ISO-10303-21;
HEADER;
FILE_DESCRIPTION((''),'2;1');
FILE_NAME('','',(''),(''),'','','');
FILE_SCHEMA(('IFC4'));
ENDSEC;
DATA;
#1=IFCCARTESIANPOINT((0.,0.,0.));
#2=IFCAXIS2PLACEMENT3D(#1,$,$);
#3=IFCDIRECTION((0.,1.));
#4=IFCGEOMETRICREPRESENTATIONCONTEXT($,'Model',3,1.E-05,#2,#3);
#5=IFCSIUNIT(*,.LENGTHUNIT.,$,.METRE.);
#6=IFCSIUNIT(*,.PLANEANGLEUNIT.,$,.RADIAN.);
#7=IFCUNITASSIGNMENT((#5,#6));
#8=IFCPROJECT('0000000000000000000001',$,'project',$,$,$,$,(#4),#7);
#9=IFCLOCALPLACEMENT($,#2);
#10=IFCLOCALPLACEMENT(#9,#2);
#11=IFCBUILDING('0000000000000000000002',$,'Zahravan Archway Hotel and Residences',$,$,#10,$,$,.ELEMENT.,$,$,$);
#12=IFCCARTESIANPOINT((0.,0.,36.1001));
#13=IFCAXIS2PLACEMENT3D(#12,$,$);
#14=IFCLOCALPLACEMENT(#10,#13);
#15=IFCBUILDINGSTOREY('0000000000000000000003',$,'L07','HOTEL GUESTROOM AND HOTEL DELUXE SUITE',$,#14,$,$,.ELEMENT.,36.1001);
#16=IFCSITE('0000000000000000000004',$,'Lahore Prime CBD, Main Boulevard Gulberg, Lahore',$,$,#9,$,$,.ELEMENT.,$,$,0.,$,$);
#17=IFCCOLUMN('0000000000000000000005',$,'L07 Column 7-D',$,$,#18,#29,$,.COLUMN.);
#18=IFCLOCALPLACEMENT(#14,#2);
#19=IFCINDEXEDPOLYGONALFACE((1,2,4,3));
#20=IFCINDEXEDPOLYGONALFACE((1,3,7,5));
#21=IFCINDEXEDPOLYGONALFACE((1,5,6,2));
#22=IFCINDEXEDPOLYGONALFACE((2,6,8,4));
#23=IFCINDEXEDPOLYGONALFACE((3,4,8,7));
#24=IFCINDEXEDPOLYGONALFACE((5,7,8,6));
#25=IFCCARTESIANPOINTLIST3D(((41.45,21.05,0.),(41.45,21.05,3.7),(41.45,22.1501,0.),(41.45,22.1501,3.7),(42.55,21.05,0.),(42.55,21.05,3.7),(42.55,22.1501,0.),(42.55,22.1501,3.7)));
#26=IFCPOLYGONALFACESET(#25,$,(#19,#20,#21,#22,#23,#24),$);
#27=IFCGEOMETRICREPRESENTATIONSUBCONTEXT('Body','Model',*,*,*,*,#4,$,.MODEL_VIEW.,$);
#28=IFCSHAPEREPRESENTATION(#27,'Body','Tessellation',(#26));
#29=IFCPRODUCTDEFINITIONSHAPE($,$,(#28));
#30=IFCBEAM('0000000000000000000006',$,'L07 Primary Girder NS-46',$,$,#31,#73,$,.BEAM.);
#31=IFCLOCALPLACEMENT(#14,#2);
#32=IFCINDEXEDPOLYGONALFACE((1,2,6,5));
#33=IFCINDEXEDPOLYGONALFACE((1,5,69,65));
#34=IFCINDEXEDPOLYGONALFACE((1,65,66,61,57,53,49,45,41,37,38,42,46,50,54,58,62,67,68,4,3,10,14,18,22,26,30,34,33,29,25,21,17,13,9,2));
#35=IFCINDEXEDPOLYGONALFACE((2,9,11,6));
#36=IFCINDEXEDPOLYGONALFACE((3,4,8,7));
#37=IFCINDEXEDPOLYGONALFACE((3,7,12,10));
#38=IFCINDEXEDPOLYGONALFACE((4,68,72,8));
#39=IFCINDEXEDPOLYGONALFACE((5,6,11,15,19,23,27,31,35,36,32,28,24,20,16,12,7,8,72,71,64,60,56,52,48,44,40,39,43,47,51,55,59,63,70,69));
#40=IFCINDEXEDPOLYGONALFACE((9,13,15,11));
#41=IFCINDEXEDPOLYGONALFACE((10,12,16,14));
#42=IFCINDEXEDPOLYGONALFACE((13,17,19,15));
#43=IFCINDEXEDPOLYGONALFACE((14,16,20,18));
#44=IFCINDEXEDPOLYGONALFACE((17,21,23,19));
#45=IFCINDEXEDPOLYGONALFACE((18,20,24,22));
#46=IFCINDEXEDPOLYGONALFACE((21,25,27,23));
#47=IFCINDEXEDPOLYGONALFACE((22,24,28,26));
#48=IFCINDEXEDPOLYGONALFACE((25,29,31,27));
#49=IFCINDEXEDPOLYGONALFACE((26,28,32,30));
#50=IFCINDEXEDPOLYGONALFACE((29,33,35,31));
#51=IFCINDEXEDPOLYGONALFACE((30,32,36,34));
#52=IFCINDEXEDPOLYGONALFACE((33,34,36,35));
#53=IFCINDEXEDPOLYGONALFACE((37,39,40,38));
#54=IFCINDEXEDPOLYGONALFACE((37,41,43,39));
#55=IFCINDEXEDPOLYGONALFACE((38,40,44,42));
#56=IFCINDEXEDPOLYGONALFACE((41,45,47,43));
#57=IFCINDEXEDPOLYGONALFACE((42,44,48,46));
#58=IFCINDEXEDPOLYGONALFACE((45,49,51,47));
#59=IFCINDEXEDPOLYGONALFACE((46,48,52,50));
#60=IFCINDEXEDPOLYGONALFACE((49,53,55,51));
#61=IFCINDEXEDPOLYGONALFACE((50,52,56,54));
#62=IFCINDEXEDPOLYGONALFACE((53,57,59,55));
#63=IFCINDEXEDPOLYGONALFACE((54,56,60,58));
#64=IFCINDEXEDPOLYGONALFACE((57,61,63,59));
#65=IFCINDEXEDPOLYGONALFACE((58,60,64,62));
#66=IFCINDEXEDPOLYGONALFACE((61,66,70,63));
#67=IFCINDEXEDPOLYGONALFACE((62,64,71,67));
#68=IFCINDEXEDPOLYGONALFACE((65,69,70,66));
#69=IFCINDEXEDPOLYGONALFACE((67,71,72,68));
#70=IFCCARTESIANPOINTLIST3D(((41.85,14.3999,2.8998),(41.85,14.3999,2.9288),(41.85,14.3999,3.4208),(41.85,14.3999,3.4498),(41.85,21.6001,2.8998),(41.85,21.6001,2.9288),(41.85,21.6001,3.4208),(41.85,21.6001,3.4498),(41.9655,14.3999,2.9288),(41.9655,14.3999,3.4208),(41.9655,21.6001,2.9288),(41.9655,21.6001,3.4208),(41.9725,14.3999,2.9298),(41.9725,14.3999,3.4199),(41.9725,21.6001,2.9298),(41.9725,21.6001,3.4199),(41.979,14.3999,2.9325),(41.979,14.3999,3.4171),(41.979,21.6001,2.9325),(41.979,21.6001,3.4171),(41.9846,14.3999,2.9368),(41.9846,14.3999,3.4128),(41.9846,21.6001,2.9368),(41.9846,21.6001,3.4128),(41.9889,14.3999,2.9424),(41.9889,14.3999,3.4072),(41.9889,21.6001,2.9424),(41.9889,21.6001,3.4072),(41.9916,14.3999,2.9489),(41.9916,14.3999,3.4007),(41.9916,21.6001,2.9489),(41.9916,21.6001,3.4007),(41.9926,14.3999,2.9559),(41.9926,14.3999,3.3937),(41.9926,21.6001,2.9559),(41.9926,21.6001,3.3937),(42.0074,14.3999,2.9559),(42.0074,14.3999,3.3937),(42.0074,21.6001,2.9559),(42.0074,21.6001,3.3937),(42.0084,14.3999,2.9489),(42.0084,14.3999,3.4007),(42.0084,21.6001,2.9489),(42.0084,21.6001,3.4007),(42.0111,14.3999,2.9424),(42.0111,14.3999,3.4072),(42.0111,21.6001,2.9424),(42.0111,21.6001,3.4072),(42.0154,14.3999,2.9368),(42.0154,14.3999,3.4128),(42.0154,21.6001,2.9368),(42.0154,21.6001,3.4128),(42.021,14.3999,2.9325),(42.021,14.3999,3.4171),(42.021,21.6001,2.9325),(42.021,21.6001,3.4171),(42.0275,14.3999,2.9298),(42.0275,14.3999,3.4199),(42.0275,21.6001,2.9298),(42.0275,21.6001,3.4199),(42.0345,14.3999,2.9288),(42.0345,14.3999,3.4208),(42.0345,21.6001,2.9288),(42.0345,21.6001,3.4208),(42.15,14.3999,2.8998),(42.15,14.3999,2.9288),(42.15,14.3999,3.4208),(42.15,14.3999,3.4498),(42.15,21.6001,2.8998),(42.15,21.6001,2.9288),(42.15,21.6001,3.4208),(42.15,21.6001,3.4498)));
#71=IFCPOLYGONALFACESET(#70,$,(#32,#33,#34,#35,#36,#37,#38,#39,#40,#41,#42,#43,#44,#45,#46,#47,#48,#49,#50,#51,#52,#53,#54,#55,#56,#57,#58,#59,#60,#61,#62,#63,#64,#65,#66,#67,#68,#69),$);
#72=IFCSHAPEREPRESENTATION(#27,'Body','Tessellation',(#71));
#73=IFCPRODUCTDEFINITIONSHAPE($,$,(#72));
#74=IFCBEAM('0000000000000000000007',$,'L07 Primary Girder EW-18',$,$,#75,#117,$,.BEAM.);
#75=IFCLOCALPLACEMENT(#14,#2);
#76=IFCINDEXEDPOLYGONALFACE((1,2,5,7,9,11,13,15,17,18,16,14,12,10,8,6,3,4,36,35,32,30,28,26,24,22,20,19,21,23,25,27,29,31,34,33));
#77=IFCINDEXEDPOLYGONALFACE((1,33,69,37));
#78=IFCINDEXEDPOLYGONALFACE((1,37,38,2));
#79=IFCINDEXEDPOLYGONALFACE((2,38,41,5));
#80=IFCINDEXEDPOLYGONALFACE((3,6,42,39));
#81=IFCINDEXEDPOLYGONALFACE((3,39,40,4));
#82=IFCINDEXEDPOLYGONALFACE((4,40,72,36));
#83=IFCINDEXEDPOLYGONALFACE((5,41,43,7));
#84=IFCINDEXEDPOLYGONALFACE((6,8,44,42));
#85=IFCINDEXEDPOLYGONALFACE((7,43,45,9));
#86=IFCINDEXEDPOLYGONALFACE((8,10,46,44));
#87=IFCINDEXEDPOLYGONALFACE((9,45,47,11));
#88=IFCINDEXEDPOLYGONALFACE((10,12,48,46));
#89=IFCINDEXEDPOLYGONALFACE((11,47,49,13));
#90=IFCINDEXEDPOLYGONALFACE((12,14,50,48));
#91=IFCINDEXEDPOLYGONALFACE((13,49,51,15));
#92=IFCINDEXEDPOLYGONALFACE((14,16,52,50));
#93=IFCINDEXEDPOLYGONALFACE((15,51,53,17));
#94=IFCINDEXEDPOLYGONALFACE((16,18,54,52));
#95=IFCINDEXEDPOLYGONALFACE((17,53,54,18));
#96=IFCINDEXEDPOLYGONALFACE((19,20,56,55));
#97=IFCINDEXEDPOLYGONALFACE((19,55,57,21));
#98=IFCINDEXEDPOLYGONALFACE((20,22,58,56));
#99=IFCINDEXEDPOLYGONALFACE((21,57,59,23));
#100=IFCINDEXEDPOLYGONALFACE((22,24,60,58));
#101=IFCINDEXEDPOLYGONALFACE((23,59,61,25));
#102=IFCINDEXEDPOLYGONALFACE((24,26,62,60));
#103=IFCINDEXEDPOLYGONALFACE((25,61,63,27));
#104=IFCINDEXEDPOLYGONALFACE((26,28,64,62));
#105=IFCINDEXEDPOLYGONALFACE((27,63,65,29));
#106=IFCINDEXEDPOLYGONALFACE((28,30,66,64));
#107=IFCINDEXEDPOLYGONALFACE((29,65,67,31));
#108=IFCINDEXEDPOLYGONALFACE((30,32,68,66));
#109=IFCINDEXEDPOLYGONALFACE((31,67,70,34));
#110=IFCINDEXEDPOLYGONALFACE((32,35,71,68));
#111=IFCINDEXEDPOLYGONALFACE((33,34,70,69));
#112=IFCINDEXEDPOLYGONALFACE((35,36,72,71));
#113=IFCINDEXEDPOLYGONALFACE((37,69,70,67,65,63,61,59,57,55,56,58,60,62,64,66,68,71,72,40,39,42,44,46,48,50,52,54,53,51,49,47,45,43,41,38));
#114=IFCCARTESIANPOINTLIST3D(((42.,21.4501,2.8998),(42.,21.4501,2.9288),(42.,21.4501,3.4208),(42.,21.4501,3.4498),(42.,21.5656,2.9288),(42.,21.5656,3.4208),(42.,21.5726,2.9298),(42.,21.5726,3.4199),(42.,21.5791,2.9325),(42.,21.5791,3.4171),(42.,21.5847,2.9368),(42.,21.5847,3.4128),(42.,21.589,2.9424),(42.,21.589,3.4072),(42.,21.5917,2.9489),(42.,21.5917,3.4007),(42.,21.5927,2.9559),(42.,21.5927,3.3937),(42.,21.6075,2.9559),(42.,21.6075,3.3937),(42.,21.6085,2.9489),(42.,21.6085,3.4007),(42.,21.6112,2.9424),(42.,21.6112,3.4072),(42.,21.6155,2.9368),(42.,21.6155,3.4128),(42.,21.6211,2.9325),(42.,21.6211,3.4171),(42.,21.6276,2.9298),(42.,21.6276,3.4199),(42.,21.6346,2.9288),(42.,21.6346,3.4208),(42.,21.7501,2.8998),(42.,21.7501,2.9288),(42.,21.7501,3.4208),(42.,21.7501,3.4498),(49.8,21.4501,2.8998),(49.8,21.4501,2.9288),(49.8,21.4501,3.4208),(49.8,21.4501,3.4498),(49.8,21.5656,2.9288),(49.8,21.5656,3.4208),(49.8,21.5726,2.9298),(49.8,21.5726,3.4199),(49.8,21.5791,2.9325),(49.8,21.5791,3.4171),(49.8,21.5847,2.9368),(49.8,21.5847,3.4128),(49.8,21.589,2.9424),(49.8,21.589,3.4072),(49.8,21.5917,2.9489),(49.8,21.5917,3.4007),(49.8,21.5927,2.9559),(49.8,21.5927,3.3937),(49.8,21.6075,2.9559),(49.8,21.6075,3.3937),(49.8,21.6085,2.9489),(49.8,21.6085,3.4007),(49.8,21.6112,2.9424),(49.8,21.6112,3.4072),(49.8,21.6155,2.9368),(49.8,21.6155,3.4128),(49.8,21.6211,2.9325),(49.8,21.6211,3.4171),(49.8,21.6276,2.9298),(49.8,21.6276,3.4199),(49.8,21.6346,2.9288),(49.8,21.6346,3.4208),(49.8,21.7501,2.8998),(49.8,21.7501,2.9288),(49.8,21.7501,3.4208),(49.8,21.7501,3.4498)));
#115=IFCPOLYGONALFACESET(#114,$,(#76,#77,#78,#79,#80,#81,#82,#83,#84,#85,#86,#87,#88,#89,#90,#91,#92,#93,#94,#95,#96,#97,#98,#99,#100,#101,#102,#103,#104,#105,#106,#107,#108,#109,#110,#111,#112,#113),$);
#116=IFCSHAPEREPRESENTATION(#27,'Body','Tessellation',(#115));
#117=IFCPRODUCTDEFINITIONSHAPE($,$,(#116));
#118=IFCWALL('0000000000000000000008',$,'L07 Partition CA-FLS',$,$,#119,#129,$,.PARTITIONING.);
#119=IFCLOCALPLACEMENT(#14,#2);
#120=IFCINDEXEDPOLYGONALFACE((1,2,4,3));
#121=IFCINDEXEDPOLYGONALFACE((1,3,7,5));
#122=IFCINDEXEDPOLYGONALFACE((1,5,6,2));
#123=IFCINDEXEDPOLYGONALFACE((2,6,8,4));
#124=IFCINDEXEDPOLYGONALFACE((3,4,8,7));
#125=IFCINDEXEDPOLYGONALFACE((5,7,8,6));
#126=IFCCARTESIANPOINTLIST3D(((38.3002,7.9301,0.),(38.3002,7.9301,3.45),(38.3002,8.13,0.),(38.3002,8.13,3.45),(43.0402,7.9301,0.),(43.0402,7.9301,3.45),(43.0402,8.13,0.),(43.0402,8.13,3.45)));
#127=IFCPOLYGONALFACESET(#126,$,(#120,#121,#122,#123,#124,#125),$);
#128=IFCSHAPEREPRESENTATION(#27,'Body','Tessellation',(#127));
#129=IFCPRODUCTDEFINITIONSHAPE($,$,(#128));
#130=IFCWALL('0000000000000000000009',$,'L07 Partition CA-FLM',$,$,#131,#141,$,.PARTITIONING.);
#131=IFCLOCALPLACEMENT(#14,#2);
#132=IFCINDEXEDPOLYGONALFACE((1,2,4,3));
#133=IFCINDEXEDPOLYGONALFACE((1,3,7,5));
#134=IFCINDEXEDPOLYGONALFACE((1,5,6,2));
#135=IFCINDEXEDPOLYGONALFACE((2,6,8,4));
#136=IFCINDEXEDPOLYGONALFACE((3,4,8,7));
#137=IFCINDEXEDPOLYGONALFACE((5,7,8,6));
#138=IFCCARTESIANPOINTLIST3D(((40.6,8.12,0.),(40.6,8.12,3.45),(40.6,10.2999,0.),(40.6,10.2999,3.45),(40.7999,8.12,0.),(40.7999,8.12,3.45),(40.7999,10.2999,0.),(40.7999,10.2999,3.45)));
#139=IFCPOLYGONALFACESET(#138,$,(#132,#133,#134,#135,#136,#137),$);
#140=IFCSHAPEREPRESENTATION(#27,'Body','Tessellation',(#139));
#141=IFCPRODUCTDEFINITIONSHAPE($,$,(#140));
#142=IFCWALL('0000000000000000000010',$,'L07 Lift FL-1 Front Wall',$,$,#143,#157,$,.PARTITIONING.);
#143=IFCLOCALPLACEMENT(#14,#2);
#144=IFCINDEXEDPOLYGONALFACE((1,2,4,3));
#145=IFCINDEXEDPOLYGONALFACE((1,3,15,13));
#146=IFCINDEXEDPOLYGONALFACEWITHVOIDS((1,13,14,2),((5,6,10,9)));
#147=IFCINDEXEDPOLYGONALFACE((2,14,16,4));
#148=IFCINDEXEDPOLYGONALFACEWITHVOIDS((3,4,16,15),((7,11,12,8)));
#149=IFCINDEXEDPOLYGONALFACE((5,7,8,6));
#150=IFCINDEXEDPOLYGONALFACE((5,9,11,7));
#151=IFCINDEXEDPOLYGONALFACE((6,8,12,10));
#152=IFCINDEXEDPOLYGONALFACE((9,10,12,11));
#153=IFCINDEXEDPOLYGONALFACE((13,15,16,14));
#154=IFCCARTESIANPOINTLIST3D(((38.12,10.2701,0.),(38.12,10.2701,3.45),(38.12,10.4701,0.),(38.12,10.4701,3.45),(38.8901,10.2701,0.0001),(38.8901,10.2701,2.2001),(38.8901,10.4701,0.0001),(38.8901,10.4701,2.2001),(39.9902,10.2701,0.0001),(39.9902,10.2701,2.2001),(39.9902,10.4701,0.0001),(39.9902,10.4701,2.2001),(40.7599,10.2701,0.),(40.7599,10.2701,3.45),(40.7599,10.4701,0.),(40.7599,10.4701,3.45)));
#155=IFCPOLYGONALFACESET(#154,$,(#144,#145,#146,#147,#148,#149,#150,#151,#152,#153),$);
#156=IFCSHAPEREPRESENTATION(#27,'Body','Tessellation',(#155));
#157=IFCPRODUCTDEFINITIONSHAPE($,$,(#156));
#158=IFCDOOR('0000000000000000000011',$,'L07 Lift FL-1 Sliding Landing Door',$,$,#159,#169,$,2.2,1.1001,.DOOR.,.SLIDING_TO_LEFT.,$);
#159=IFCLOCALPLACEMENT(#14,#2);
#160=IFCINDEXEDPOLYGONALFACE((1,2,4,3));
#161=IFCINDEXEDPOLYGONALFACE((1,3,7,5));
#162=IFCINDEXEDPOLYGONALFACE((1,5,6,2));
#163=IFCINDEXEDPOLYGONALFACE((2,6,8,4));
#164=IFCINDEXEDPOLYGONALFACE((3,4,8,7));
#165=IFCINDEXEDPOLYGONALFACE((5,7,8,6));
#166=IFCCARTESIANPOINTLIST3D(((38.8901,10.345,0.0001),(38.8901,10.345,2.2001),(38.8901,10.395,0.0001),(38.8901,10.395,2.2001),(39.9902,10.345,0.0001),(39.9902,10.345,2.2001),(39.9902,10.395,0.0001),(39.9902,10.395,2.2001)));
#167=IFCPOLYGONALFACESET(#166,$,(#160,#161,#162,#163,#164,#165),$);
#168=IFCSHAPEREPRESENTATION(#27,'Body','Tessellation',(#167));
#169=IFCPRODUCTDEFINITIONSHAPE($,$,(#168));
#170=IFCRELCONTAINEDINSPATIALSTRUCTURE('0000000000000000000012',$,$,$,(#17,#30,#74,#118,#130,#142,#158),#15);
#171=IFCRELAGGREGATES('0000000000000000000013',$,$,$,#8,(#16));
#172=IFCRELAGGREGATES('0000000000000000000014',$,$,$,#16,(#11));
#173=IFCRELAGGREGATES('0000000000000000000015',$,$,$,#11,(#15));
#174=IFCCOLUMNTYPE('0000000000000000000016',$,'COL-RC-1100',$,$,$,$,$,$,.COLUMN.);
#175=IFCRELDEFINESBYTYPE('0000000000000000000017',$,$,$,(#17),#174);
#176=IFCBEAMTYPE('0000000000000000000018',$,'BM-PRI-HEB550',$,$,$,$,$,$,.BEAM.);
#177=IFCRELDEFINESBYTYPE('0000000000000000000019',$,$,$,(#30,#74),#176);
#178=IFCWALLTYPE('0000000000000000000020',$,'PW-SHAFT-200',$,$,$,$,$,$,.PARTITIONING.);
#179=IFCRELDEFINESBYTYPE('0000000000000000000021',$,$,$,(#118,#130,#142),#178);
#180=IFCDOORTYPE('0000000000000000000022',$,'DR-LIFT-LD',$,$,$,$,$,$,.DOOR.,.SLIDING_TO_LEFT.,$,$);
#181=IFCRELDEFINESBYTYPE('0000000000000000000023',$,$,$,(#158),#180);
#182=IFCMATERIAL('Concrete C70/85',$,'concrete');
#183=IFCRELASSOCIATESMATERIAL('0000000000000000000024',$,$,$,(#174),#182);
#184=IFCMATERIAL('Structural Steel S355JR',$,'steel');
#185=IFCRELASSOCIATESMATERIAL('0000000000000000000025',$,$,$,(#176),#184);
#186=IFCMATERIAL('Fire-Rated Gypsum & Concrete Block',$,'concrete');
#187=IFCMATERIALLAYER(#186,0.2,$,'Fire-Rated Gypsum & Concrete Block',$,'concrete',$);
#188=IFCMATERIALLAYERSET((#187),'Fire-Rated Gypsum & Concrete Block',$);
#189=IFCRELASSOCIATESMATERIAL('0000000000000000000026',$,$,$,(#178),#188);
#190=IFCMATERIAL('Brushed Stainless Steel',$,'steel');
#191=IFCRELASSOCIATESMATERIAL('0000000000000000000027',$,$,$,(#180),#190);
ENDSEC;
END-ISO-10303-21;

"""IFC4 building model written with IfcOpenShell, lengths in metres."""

from ifc_helpers import new_model, si_unit, direction, frame, frame_2d, origin, origin_2d, place, context, subcontext, project, spatial, rectangle, i_section, extrude, source, transform, mapped, material, layer, layer_set, material_profile, profile_set, type_object, type_shapes, element, fill, save


model = new_model("IFC4")

# Units and contexts
model_context = context("Model", 3, precision=1e-05, world=origin(), true_north=direction((0.0, 1.0)))
body_context = subcontext(model_context, "Body", "Model", "MODEL_VIEW")
ifc_project = project(units=[si_unit("LENGTHUNIT", "METRE"), si_unit("PLANEANGLEUNIT", "RADIAN")], contexts=[model_context])

# Site, building, storey
site_placement = place(None, origin())
site = spatial("IfcSite", under=ifc_project, at=site_placement, Name="Lahore Prime CBD, Main Boulevard Gulberg, Lahore", CompositionType="ELEMENT", RefElevation=0.0)
building_placement = place(site_placement, origin())
building = spatial("IfcBuilding", under=site, at=building_placement, Name="Zahravan Archway Hotel and Residences", CompositionType="ELEMENT")
storey_placement = place(building_placement, frame((0.0, 0.0, 36.1001)))
storey = spatial("IfcBuildingStorey", under=building, at=storey_placement, Name="L07", Description="HOTEL GUESTROOM AND HOTEL DELUXE SUITE", CompositionType="ELEMENT", Elevation=36.1001)

# Column
ifc_material_1 = material(Name="Concrete C70/85", Category="concrete")
ifc_material_profile_1 = material_profile(ifc_material_1, rectangle(XDim=1.1001, YDim=1.1001, at=origin_2d()), Name="RC 1100x1100", Category="concrete")
ifc_profile_set_1 = profile_set([ifc_material_profile_1], Name="Concrete C70/85")
column_type = type_object("IfcColumnType", Name="COL-RC-1100", PredefinedType="COLUMN", material=ifc_profile_set_1)
shared_shape_1 = source(origin(), body_context, "Body", "SweptSolid", [
    extrude(rectangle(XDim=1.1001, YDim=1.1001, at=origin_2d()), origin(), (0.0, 0.0, 1.0), 3.7),
])
column_placement = place(storey_placement, frame((42.0, 21.6001, 0.0), z_axis=(0.0, 0.0, 1.0), x_axis=(1.0, 0.0, 0.0)))
element("IfcColumn", 1, at=column_placement, inside=storey, type_object=column_type, Name="L07 Column 7-D", PredefinedType="COLUMN", context=body_context, shape_type="MappedRepresentation", body=[
    mapped(shared_shape_1, transform((0.0, 0.0, 0.0), scale=1.0)),
])

# Beams
ifc_material_2 = material(Name="Structural Steel S355JR", Category="steel")
ifc_material_profile_2 = material_profile(ifc_material_2, i_section(OverallWidth=0.3, OverallDepth=0.55, WebThickness=0.0149, FlangeThickness=0.0291, FilletRadius=0.0271, at=origin_2d()), Name="HEB 550", Category="steel")
ifc_profile_set_2 = profile_set([ifc_material_profile_2], Name="Structural Steel S355JR")
beam_type = type_object("IfcBeamType", Name="BM-PRI-HEB550", PredefinedType="BEAM", material=ifc_profile_set_2)
shared_shape_2 = source(origin(), body_context, "Body", "SweptSolid", [
    extrude(i_section(OverallWidth=0.3, OverallDepth=0.55, WebThickness=0.0149, FlangeThickness=0.0291, FilletRadius=0.0271, at=origin_2d()), origin(), (0.0, 0.0, 1.0), 7.2002),
])
type_shapes(beam_type, [shared_shape_2])
beam_1_placement = place(storey_placement, frame((42.0, 14.3999, 3.1748), z_axis=(0.0, 1.0, 0.0), x_axis=(-1.0, 0.0, 0.0)))
element("IfcBeam", 2, at=beam_1_placement, inside=storey, type_object=beam_type, Name="L07 Primary Girder NS-46", PredefinedType="BEAM", context=body_context, shape_type="MappedRepresentation", body=[
    mapped(shared_shape_2, transform((0.0, 0.0, 0.0), scale=1.0)),
])
shared_shape_3 = source(origin(), body_context, "Body", "SweptSolid", [
    extrude(i_section(OverallWidth=0.3, OverallDepth=0.55, WebThickness=0.0149, FlangeThickness=0.0291, FilletRadius=0.0271, at=origin_2d()), origin(), (0.0, 0.0, 1.0), 7.8),
])
beam_2_placement = place(storey_placement, frame((42.0, 21.6001, 3.1748), z_axis=(1.0, 0.0, 0.0), x_axis=(0.0, 1.0, 0.0)))
element("IfcBeam", 3, at=beam_2_placement, inside=storey, type_object=beam_type, Name="L07 Primary Girder EW-18", PredefinedType="BEAM", context=body_context, shape_type="MappedRepresentation", body=[
    mapped(shared_shape_3, transform((0.0, 0.0, 0.0), scale=1.0)),
])

# Shared definitions
ifc_material_3 = material(Name="Fire-Rated Gypsum & Concrete Block", Category="concrete")

# Walls
ifc_layer_1 = layer(ifc_material_3, 0.2, Name="Fire-Rated Gypsum & Concrete Block", Category="concrete")
ifc_layer_set_1 = layer_set([ifc_layer_1], Name="Fire-Rated Gypsum & Concrete Block")
wall_type_1 = type_object("IfcWallType", Name="PW-SHAFT-200", PredefinedType="PARTITIONING", material=ifc_layer_set_1)
wall_1_placement = place(storey_placement, frame((38.3, 8.03, 0.0), z_axis=(0.0, 0.0, 1.0), x_axis=(1.0, 0.0, 0.0)))
element("IfcWall", 4, at=wall_1_placement, inside=storey, type_object=wall_type_1, Name="L07 Partition CA-FLS", PredefinedType="PARTITIONING", context=body_context, shape_type="SweptSolid", body=[
    extrude(rectangle(XDim=4.74, YDim=0.2, at=frame_2d((2.3701, 0.0))), origin(), (0.0, 0.0, 1.0), 3.45),
])
wall_2_placement = place(storey_placement, frame((40.7, 8.1201, 0.0), z_axis=(0.0, 0.0, 1.0), x_axis=(0.0, 1.0, 0.0)))
element("IfcWall", 5, at=wall_2_placement, inside=storey, type_object=wall_type_1, Name="L07 Partition CA-FLM", PredefinedType="PARTITIONING", context=body_context, shape_type="SweptSolid", body=[
    extrude(rectangle(XDim=2.1799, YDim=0.2, at=frame_2d((1.0898, 0.0))), origin(), (0.0, 0.0, 1.0), 3.45),
])

# Wall, opening, door
wall_3_placement = place(storey_placement, frame((38.1201, 10.3701, 0.0), z_axis=(0.0, 0.0, 1.0), x_axis=(1.0, 0.0, 0.0)))
wall_3 = element("IfcWall", 6, at=wall_3_placement, inside=storey, type_object=wall_type_1, Name="L07 Lift FL-1 Front Wall", PredefinedType="PARTITIONING", context=body_context, shape_type="SweptSolid", body=[
    extrude(rectangle(XDim=2.6399, YDim=0.2, at=frame_2d((1.3198, 0.0))), origin(), (0.0, 0.0, 1.0), 3.45),
])
opening_1_placement = place(wall_3_placement, frame((0.77, 0.0, 0.0)))
opening_1 = element("IfcOpeningElement", 7, at=opening_1_placement, cuts=wall_3, PredefinedType="OPENING", context=body_context, shape_type="SweptSolid", body=[
    extrude(rectangle(XDim=1.1001, YDim=2.2, at=frame_2d((0.55, 1.1001))), frame((0.0, 0.1099, 0.0), z_axis=(0.0, -1.0, 0.0), x_axis=(1.0, 0.0, 0.0)), (0.0, 0.0, 1.0), 0.22),
])
ifc_material_4 = material(Name="Brushed Stainless Steel", Category="steel")
door_type_1 = type_object("IfcDoorType", Name="DR-LIFT-LD", OperationType="SLIDING_TO_LEFT", PredefinedType="DOOR", material=ifc_material_4)
shared_shape_4 = source(origin(), body_context, "Body", "SweptSolid", [
    extrude(rectangle(XDim=1.1001, YDim=2.2, at=frame_2d((0.55, 1.1001))), frame((0.0, 0.0249, 0.0), z_axis=(0.0, -1.0, 0.0), x_axis=(1.0, 0.0, 0.0)), (0.0, 0.0, 1.0), 0.05),
])
type_shapes(door_type_1, [shared_shape_4])
door_1_placement = place(opening_1_placement, origin())
door_1 = element("IfcDoor", 8, at=door_1_placement, inside=storey, type_object=door_type_1, Name="L07 Lift FL-1 Sliding Landing Door", OperationType="SLIDING_TO_LEFT", OverallHeight=2.2, OverallWidth=1.1001, PredefinedType="DOOR", context=body_context, shape_type="MappedRepresentation", body=[
    mapped(shared_shape_4, transform((0.0, 0.0, 0.0), scale=1.0)),
])
fill(opening_1, door_1)

save(model, "model.ifc")
